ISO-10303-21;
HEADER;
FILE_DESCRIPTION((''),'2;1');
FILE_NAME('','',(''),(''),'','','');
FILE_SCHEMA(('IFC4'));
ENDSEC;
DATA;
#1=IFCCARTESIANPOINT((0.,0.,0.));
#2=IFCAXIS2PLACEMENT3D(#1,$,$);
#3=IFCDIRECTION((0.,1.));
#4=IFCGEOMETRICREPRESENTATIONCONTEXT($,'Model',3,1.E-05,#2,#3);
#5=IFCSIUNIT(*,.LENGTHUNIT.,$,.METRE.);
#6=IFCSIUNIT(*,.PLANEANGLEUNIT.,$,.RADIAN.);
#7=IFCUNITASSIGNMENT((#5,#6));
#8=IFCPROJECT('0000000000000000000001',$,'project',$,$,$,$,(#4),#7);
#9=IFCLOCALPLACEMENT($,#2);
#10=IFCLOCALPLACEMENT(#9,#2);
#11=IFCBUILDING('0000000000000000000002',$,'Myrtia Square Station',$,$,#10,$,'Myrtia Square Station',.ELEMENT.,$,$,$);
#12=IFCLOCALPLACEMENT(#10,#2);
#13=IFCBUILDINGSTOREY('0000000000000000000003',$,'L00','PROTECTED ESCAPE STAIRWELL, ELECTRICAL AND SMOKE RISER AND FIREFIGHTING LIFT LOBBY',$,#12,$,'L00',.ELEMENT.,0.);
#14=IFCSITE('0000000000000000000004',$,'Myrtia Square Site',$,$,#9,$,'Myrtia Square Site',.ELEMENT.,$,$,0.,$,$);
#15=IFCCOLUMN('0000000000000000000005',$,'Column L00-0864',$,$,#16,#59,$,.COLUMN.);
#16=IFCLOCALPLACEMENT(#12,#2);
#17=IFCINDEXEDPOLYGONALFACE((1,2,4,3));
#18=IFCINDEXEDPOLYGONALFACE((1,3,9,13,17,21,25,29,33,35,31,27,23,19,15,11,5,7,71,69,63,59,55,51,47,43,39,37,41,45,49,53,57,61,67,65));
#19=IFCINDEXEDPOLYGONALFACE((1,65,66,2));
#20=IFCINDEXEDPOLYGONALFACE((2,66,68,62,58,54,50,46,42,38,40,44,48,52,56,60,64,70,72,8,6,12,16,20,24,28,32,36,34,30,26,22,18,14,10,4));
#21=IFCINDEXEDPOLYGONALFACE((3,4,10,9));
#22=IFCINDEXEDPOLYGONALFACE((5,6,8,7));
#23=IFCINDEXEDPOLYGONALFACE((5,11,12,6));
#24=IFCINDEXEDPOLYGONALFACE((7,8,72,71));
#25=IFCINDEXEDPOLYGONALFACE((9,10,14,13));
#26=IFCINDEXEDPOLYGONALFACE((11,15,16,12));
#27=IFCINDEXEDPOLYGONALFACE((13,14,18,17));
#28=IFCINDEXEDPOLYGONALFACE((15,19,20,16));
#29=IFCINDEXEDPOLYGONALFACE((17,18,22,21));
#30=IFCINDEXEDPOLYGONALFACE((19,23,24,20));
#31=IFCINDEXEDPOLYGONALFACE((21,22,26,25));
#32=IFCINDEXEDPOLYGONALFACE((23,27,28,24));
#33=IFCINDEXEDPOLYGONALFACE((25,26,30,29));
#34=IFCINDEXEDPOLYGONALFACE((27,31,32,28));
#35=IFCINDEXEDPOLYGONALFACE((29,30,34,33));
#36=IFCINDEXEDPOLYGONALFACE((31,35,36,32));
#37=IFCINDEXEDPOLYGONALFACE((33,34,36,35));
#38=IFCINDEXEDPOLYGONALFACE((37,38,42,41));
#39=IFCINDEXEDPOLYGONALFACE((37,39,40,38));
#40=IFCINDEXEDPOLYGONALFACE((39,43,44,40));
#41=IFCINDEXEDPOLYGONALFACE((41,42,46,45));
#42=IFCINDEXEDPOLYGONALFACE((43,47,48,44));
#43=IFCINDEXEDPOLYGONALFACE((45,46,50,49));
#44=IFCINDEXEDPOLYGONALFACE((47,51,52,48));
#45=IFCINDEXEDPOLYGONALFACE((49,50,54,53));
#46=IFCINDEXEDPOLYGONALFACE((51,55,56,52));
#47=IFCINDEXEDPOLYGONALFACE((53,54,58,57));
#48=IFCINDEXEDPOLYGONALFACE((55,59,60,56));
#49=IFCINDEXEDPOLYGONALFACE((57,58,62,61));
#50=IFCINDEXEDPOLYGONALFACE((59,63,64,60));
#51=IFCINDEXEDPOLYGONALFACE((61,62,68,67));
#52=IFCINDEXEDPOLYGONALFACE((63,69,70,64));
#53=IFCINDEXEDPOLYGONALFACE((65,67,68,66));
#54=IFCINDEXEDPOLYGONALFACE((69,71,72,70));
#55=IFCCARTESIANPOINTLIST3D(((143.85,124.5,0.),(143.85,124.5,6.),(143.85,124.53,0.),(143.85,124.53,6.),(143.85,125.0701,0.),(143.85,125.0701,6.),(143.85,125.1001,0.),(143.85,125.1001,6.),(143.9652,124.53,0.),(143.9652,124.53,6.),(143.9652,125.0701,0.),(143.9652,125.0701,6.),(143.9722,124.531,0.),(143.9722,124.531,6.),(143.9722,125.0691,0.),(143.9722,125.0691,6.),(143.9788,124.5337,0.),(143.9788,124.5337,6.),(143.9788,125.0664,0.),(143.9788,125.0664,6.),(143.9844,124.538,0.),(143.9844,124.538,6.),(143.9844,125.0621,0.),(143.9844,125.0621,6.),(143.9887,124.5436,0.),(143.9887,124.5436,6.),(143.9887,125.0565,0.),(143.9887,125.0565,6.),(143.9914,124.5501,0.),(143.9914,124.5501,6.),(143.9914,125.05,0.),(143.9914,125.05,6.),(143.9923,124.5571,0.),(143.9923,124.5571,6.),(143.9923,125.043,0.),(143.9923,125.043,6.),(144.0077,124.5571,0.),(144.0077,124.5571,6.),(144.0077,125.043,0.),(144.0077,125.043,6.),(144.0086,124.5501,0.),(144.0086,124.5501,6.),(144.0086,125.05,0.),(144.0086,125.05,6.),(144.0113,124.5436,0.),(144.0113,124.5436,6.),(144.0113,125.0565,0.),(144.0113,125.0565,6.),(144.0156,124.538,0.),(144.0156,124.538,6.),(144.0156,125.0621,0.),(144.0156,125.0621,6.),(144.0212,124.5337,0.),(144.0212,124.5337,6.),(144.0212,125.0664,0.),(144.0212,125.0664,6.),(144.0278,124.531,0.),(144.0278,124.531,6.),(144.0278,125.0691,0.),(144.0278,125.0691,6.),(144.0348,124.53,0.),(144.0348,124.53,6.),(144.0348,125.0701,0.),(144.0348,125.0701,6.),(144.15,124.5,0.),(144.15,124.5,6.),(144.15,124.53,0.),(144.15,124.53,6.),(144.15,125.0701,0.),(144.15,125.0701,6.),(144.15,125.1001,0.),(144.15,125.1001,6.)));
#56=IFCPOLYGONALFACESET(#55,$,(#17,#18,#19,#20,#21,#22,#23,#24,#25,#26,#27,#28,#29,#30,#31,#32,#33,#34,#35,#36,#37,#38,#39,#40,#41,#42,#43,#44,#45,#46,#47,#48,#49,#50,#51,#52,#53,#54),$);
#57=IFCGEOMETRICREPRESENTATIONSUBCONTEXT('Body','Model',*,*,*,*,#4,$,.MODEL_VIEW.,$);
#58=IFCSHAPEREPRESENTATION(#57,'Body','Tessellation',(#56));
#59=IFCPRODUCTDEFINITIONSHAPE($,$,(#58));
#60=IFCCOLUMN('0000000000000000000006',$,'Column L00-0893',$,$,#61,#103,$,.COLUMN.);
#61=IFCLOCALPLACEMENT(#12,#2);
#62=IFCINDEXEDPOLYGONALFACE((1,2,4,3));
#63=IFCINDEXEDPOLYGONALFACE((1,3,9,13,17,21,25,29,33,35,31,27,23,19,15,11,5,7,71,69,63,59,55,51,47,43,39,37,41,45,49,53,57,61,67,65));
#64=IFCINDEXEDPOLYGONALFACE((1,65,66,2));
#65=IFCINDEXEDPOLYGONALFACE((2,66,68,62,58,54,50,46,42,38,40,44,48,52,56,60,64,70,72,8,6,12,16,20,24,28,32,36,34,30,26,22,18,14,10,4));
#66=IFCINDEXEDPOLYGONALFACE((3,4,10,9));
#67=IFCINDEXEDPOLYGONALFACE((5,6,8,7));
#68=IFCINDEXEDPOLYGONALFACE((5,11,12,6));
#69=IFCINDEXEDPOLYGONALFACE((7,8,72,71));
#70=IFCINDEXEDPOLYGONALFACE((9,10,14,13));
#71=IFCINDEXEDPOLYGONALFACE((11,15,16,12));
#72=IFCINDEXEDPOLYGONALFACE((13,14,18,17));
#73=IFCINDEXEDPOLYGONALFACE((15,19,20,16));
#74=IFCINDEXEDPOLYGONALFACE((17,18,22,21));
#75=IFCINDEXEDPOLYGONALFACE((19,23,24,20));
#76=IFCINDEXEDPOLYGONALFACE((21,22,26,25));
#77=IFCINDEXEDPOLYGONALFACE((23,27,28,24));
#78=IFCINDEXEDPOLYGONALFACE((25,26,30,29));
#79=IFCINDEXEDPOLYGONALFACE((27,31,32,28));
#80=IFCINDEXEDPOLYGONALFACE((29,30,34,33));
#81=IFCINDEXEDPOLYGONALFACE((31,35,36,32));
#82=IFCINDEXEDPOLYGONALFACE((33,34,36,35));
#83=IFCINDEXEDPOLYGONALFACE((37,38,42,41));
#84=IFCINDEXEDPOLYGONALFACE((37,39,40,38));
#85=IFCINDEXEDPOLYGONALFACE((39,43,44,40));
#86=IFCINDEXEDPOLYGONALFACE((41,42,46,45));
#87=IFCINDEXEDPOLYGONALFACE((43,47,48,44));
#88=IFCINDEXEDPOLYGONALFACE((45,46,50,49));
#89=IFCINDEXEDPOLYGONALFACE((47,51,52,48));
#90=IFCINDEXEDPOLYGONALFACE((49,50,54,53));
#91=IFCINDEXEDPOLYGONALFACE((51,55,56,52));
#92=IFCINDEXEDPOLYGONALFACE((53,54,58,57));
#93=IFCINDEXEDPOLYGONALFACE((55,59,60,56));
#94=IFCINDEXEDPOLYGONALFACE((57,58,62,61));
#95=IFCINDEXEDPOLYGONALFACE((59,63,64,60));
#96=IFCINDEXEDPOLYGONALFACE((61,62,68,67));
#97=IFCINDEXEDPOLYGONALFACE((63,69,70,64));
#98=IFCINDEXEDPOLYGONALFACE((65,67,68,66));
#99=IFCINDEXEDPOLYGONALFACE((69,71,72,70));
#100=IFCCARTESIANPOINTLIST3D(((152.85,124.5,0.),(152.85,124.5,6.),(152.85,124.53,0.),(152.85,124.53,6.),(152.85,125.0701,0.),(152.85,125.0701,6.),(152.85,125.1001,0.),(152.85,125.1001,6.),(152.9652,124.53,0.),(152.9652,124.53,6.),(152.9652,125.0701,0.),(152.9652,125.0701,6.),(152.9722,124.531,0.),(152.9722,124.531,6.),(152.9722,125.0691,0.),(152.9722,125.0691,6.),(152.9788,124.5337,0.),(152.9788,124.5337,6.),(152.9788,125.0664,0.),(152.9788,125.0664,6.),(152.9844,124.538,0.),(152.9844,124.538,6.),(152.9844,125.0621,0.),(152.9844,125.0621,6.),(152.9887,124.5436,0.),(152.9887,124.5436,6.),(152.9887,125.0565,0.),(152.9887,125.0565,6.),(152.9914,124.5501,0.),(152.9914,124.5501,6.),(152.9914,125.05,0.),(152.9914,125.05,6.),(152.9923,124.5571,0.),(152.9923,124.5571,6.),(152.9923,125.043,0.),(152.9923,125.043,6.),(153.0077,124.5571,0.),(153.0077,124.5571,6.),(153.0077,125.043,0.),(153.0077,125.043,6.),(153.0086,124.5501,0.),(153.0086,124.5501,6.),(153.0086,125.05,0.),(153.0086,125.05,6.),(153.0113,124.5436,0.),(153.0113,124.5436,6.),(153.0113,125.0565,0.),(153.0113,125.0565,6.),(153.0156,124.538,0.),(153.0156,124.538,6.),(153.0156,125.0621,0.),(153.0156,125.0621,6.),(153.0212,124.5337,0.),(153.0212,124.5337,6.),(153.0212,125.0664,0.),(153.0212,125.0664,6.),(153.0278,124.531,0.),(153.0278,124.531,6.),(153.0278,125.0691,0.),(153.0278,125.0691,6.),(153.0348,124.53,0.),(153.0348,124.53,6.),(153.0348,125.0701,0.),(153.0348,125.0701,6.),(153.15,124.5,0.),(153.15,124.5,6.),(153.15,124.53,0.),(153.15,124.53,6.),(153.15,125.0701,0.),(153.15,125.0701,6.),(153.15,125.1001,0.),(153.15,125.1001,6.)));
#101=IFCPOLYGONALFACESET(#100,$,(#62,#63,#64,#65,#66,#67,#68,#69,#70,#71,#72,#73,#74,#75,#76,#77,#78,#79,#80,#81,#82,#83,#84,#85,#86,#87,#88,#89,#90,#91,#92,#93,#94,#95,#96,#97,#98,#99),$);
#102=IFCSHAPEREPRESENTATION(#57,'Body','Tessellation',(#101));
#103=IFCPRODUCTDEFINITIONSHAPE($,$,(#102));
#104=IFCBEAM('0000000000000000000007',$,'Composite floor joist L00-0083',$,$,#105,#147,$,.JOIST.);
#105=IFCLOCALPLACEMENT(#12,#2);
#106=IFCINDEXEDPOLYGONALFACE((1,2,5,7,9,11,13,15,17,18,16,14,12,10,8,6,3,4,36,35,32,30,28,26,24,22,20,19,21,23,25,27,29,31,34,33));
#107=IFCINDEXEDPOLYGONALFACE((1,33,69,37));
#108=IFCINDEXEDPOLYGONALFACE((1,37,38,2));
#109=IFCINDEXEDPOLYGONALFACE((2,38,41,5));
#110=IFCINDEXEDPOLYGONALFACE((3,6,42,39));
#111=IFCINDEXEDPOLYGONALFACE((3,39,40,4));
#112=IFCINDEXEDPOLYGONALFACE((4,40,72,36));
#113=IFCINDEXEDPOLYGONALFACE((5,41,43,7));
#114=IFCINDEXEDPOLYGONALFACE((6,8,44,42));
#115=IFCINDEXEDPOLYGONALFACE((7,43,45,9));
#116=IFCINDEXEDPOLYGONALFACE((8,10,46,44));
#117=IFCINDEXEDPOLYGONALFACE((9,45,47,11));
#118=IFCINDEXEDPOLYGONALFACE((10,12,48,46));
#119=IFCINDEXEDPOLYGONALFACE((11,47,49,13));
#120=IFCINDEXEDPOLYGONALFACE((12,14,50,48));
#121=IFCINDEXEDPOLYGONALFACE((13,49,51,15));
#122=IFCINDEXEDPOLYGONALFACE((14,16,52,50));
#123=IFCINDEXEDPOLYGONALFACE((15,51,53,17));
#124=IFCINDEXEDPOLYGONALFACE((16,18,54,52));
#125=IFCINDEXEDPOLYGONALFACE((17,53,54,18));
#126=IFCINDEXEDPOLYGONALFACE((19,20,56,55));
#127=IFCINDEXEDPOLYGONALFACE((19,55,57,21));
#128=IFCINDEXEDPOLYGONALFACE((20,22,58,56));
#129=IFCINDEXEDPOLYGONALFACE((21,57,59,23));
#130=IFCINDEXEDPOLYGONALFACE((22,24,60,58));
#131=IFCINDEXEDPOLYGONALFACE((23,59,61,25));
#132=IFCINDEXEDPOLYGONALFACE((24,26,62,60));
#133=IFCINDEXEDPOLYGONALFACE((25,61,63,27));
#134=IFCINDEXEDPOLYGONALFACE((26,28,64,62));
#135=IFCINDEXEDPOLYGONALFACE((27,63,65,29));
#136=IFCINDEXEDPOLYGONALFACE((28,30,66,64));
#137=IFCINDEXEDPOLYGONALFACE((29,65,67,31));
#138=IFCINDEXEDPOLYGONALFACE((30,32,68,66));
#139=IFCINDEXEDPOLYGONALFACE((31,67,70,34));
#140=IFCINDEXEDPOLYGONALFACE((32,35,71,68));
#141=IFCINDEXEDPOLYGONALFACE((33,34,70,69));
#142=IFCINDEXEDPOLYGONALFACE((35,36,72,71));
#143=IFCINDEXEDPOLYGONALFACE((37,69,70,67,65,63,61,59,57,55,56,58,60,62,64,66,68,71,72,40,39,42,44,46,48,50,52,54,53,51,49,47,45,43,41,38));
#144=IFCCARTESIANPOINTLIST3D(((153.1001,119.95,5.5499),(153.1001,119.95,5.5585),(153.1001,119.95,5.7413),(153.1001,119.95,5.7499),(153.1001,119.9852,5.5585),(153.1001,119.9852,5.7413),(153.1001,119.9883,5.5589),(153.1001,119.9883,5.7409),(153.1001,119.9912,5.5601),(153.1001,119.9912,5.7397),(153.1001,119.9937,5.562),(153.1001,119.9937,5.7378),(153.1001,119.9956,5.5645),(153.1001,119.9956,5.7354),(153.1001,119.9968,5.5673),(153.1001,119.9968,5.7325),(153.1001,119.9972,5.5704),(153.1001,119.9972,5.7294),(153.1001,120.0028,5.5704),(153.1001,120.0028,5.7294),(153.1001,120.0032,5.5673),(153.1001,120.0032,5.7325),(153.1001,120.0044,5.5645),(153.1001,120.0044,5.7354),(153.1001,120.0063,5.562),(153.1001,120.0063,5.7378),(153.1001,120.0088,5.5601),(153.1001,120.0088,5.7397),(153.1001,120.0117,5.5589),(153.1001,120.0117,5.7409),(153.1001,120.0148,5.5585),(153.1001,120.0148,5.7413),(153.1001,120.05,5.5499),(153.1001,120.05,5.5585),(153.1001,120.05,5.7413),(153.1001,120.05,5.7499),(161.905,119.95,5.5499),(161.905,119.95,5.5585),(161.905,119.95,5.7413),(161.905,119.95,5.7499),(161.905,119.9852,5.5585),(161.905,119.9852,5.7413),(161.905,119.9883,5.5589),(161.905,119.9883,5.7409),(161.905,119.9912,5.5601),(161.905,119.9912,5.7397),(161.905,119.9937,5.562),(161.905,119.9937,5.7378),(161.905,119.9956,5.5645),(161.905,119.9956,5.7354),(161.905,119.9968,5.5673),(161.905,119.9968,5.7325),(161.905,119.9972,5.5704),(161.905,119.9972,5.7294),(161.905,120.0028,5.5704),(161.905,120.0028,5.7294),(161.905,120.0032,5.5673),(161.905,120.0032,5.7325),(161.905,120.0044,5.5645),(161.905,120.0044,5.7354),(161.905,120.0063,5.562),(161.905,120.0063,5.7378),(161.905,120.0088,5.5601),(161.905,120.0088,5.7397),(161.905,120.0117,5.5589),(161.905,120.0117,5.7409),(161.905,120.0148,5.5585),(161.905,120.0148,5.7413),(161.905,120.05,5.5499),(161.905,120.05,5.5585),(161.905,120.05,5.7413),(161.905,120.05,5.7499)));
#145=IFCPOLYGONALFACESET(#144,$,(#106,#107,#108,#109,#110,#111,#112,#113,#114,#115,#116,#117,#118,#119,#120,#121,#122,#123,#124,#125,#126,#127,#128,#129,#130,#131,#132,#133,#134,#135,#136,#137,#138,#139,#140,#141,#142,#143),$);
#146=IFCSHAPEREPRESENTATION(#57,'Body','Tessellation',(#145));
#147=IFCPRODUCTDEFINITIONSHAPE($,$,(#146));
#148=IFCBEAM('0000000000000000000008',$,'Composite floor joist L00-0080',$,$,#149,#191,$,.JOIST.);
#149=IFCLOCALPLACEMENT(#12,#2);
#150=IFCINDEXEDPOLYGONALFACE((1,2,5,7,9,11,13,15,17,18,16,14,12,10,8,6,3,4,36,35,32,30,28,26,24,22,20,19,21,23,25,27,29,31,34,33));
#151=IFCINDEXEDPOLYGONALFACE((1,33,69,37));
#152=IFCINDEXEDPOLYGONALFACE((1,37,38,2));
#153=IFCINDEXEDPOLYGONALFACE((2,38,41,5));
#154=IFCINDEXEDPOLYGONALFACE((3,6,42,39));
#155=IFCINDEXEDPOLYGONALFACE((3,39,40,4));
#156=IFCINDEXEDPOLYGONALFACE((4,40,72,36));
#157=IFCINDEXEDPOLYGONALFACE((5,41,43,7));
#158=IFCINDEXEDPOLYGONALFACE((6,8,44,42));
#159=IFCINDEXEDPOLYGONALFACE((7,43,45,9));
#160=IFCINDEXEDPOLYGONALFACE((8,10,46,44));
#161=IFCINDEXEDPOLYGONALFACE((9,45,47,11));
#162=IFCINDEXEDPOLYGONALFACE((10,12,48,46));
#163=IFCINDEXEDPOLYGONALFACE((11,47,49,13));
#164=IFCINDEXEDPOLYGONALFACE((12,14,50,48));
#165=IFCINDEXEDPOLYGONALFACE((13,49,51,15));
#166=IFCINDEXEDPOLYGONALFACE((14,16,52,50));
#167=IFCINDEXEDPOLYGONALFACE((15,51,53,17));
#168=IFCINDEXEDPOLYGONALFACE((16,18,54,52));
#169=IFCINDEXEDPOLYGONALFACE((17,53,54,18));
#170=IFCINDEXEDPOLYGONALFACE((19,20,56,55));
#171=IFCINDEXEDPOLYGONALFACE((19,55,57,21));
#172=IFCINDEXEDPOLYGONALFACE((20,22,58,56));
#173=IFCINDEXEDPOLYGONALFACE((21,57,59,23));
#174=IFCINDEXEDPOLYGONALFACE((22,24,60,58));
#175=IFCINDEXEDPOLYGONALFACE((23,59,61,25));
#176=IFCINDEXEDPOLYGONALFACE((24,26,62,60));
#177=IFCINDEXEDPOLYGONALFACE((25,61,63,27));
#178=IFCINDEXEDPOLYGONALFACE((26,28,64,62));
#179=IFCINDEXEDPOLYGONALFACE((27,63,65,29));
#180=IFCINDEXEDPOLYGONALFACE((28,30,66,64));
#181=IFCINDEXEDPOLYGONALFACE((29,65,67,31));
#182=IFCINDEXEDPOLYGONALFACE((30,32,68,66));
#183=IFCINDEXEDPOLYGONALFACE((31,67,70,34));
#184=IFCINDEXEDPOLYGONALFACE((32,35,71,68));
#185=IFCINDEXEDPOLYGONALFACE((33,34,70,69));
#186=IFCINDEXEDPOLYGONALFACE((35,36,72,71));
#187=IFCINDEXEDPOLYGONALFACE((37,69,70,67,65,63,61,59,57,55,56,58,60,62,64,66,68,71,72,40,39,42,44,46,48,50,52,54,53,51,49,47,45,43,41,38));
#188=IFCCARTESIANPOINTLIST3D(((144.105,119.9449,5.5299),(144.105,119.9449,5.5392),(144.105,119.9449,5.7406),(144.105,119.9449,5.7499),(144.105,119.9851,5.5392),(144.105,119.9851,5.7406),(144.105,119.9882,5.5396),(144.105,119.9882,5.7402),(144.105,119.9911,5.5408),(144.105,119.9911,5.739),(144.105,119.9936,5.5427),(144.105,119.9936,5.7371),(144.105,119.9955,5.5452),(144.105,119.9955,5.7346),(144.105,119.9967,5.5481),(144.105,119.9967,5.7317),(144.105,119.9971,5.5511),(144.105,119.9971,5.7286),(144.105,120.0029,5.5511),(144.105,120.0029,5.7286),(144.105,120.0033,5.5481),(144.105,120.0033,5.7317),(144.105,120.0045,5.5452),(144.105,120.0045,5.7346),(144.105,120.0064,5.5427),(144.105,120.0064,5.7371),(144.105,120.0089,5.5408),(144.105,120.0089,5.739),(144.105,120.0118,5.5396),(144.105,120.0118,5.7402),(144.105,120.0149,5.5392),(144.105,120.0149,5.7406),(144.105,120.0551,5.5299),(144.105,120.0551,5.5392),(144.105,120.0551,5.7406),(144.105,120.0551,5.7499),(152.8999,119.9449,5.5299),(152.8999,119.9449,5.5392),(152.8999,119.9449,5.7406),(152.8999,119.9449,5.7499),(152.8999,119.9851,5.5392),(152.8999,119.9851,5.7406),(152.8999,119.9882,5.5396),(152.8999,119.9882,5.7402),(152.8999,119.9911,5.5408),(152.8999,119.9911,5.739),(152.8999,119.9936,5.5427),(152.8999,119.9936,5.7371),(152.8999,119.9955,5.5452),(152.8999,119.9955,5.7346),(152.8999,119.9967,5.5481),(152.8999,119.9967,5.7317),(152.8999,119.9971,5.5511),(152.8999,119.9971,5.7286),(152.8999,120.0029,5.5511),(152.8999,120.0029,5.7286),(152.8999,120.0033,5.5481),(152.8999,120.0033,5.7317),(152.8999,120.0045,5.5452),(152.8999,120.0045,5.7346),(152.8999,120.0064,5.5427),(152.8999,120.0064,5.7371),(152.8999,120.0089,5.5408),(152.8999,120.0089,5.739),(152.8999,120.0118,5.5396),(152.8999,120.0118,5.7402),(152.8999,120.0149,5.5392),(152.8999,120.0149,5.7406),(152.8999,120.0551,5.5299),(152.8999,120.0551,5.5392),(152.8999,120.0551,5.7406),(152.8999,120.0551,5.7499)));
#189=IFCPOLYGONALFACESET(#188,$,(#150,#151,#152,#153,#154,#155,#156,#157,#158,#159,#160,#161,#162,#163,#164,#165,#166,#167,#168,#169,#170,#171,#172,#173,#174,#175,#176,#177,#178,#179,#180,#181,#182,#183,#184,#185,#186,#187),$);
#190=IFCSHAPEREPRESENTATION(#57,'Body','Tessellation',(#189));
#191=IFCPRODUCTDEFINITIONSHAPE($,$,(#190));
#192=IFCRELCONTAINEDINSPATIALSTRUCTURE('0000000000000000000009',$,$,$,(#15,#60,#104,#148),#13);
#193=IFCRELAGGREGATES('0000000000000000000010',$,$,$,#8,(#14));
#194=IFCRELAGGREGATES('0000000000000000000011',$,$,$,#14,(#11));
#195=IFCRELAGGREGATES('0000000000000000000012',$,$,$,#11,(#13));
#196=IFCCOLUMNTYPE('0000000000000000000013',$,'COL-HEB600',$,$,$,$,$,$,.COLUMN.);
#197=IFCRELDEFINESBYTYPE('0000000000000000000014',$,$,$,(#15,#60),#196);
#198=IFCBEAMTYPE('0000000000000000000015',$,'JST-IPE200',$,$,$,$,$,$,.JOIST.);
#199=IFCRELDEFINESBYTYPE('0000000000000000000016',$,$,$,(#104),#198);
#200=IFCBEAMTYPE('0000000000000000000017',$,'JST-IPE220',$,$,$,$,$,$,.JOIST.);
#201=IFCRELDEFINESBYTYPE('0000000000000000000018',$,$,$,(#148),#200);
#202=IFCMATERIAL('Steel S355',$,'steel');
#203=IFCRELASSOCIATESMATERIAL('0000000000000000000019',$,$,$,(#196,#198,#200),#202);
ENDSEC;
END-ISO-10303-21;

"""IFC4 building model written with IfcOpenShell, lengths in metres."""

from ifc_helpers import new_model, si_unit, direction, frame, origin, origin_2d, place, context, subcontext, project, spatial, i_section, extrude, material, material_profile, profile_set, type_object, element, save


model = new_model("IFC4")

# Units and contexts
model_context = context("Model", 3, precision=1e-05, world=origin(), true_north=direction((0.0, 1.0)))
body_context = subcontext(model_context, "Body", "Model", "MODEL_VIEW")
ifc_project = project(units=[si_unit("LENGTHUNIT", "METRE"), si_unit("PLANEANGLEUNIT", "RADIAN")], contexts=[model_context])

# Site, building, storey
site_placement = place(None, origin())
site = spatial("IfcSite", under=ifc_project, at=site_placement, Name="Myrtia Square Site", LongName="Myrtia Square Site", CompositionType="ELEMENT", RefElevation=0.0)
building_placement = place(site_placement, origin())
building = spatial("IfcBuilding", under=site, at=building_placement, Name="Myrtia Square Station", LongName="Myrtia Square Station", CompositionType="ELEMENT")
storey_placement = place(building_placement, origin())
storey = spatial("IfcBuildingStorey", under=building, at=storey_placement, Name="L00", Description="PROTECTED ESCAPE STAIRWELL, ELECTRICAL AND SMOKE RISER AND FIREFIGHTING LIFT LOBBY", LongName="L00", CompositionType="ELEMENT", Elevation=0.0)

# Columns
ifc_material_1 = material(Name="Steel S355", Category="steel")
ifc_material_profile_1 = material_profile(ifc_material_1, i_section(OverallWidth=0.3, OverallDepth=0.6001, WebThickness=0.0154, FlangeThickness=0.03, FilletRadius=0.0271, at=origin_2d()), Name="HEB 600")
ifc_profile_set_1 = profile_set([ifc_material_profile_1], Name="Steel S355")
column_type = type_object("IfcColumnType", Name="COL-HEB600", PredefinedType="COLUMN", material=ifc_profile_set_1)
for number, where, z_axis, x_axis, name in (
    (1, (144.0, 124.8, 0.0), (0.0, 0.0, 1.0), (1.0, 0.0, 0.0), "Column L00-0864"),
    (2, (153.0, 124.8, 0.0), (0.0, 0.0, 1.0), (1.0, 0.0, 0.0), "Column L00-0893"),
):
    element("IfcColumn", number, at=place(storey_placement, frame(where, z_axis=z_axis, x_axis=x_axis)), inside=storey, type_object=column_type, Name=name, PredefinedType="COLUMN", context=body_context, shape_type="SweptSolid", body=[
        extrude(i_section(OverallWidth=0.3, OverallDepth=0.6001, WebThickness=0.0154, FlangeThickness=0.03, FilletRadius=0.0271, at=origin_2d()), origin(), (0.0, 0.0, 1.0), 6.0),
    ])

# Beams
ifc_material_profile_2 = material_profile(ifc_material_1, i_section(OverallWidth=0.1001, OverallDepth=0.2, WebThickness=0.0056, FlangeThickness=0.0085, FilletRadius=0.012, at=origin_2d()), Name="IPE 200")
ifc_profile_set_2 = profile_set([ifc_material_profile_2], Name="Steel S355")
beam_type_1 = type_object("IfcBeamType", Name="JST-IPE200", PredefinedType="JOIST", material=ifc_profile_set_2)
beam_1_placement = place(storey_placement, frame((153.1001, 120.0, 5.6499), z_axis=(1.0, 0.0, 0.0), x_axis=(0.0, 1.0, 0.0)))
element("IfcBeam", 3, at=beam_1_placement, inside=storey, type_object=beam_type_1, Name="Composite floor joist L00-0083", PredefinedType="JOIST", context=body_context, shape_type="SweptSolid", body=[
    extrude(i_section(OverallWidth=0.1001, OverallDepth=0.2, WebThickness=0.0056, FlangeThickness=0.0085, FilletRadius=0.012, at=origin_2d()), origin(), (0.0, 0.0, 1.0), 8.8049),
])
ifc_material_profile_3 = material_profile(ifc_material_1, i_section(OverallWidth=0.1101, OverallDepth=0.22, WebThickness=0.0059, FlangeThickness=0.0093, FilletRadius=0.012, at=origin_2d()), Name="IPE 220")
ifc_profile_set_3 = profile_set([ifc_material_profile_3], Name="Steel S355")
beam_type_2 = type_object("IfcBeamType", Name="JST-IPE220", PredefinedType="JOIST", material=ifc_profile_set_3)
beam_2_placement = place(storey_placement, frame((144.105, 120.0, 5.6399), z_axis=(1.0, 0.0, 0.0), x_axis=(0.0, 1.0, 0.0)))
element("IfcBeam", 4, at=beam_2_placement, inside=storey, type_object=beam_type_2, Name="Composite floor joist L00-0080", PredefinedType="JOIST", context=body_context, shape_type="SweptSolid", body=[
    extrude(i_section(OverallWidth=0.1101, OverallDepth=0.22, WebThickness=0.0059, FlangeThickness=0.0093, FilletRadius=0.012, at=origin_2d()), origin(), (0.0, 0.0, 1.0), 8.7949),
])

save(model, "model.ifc")
